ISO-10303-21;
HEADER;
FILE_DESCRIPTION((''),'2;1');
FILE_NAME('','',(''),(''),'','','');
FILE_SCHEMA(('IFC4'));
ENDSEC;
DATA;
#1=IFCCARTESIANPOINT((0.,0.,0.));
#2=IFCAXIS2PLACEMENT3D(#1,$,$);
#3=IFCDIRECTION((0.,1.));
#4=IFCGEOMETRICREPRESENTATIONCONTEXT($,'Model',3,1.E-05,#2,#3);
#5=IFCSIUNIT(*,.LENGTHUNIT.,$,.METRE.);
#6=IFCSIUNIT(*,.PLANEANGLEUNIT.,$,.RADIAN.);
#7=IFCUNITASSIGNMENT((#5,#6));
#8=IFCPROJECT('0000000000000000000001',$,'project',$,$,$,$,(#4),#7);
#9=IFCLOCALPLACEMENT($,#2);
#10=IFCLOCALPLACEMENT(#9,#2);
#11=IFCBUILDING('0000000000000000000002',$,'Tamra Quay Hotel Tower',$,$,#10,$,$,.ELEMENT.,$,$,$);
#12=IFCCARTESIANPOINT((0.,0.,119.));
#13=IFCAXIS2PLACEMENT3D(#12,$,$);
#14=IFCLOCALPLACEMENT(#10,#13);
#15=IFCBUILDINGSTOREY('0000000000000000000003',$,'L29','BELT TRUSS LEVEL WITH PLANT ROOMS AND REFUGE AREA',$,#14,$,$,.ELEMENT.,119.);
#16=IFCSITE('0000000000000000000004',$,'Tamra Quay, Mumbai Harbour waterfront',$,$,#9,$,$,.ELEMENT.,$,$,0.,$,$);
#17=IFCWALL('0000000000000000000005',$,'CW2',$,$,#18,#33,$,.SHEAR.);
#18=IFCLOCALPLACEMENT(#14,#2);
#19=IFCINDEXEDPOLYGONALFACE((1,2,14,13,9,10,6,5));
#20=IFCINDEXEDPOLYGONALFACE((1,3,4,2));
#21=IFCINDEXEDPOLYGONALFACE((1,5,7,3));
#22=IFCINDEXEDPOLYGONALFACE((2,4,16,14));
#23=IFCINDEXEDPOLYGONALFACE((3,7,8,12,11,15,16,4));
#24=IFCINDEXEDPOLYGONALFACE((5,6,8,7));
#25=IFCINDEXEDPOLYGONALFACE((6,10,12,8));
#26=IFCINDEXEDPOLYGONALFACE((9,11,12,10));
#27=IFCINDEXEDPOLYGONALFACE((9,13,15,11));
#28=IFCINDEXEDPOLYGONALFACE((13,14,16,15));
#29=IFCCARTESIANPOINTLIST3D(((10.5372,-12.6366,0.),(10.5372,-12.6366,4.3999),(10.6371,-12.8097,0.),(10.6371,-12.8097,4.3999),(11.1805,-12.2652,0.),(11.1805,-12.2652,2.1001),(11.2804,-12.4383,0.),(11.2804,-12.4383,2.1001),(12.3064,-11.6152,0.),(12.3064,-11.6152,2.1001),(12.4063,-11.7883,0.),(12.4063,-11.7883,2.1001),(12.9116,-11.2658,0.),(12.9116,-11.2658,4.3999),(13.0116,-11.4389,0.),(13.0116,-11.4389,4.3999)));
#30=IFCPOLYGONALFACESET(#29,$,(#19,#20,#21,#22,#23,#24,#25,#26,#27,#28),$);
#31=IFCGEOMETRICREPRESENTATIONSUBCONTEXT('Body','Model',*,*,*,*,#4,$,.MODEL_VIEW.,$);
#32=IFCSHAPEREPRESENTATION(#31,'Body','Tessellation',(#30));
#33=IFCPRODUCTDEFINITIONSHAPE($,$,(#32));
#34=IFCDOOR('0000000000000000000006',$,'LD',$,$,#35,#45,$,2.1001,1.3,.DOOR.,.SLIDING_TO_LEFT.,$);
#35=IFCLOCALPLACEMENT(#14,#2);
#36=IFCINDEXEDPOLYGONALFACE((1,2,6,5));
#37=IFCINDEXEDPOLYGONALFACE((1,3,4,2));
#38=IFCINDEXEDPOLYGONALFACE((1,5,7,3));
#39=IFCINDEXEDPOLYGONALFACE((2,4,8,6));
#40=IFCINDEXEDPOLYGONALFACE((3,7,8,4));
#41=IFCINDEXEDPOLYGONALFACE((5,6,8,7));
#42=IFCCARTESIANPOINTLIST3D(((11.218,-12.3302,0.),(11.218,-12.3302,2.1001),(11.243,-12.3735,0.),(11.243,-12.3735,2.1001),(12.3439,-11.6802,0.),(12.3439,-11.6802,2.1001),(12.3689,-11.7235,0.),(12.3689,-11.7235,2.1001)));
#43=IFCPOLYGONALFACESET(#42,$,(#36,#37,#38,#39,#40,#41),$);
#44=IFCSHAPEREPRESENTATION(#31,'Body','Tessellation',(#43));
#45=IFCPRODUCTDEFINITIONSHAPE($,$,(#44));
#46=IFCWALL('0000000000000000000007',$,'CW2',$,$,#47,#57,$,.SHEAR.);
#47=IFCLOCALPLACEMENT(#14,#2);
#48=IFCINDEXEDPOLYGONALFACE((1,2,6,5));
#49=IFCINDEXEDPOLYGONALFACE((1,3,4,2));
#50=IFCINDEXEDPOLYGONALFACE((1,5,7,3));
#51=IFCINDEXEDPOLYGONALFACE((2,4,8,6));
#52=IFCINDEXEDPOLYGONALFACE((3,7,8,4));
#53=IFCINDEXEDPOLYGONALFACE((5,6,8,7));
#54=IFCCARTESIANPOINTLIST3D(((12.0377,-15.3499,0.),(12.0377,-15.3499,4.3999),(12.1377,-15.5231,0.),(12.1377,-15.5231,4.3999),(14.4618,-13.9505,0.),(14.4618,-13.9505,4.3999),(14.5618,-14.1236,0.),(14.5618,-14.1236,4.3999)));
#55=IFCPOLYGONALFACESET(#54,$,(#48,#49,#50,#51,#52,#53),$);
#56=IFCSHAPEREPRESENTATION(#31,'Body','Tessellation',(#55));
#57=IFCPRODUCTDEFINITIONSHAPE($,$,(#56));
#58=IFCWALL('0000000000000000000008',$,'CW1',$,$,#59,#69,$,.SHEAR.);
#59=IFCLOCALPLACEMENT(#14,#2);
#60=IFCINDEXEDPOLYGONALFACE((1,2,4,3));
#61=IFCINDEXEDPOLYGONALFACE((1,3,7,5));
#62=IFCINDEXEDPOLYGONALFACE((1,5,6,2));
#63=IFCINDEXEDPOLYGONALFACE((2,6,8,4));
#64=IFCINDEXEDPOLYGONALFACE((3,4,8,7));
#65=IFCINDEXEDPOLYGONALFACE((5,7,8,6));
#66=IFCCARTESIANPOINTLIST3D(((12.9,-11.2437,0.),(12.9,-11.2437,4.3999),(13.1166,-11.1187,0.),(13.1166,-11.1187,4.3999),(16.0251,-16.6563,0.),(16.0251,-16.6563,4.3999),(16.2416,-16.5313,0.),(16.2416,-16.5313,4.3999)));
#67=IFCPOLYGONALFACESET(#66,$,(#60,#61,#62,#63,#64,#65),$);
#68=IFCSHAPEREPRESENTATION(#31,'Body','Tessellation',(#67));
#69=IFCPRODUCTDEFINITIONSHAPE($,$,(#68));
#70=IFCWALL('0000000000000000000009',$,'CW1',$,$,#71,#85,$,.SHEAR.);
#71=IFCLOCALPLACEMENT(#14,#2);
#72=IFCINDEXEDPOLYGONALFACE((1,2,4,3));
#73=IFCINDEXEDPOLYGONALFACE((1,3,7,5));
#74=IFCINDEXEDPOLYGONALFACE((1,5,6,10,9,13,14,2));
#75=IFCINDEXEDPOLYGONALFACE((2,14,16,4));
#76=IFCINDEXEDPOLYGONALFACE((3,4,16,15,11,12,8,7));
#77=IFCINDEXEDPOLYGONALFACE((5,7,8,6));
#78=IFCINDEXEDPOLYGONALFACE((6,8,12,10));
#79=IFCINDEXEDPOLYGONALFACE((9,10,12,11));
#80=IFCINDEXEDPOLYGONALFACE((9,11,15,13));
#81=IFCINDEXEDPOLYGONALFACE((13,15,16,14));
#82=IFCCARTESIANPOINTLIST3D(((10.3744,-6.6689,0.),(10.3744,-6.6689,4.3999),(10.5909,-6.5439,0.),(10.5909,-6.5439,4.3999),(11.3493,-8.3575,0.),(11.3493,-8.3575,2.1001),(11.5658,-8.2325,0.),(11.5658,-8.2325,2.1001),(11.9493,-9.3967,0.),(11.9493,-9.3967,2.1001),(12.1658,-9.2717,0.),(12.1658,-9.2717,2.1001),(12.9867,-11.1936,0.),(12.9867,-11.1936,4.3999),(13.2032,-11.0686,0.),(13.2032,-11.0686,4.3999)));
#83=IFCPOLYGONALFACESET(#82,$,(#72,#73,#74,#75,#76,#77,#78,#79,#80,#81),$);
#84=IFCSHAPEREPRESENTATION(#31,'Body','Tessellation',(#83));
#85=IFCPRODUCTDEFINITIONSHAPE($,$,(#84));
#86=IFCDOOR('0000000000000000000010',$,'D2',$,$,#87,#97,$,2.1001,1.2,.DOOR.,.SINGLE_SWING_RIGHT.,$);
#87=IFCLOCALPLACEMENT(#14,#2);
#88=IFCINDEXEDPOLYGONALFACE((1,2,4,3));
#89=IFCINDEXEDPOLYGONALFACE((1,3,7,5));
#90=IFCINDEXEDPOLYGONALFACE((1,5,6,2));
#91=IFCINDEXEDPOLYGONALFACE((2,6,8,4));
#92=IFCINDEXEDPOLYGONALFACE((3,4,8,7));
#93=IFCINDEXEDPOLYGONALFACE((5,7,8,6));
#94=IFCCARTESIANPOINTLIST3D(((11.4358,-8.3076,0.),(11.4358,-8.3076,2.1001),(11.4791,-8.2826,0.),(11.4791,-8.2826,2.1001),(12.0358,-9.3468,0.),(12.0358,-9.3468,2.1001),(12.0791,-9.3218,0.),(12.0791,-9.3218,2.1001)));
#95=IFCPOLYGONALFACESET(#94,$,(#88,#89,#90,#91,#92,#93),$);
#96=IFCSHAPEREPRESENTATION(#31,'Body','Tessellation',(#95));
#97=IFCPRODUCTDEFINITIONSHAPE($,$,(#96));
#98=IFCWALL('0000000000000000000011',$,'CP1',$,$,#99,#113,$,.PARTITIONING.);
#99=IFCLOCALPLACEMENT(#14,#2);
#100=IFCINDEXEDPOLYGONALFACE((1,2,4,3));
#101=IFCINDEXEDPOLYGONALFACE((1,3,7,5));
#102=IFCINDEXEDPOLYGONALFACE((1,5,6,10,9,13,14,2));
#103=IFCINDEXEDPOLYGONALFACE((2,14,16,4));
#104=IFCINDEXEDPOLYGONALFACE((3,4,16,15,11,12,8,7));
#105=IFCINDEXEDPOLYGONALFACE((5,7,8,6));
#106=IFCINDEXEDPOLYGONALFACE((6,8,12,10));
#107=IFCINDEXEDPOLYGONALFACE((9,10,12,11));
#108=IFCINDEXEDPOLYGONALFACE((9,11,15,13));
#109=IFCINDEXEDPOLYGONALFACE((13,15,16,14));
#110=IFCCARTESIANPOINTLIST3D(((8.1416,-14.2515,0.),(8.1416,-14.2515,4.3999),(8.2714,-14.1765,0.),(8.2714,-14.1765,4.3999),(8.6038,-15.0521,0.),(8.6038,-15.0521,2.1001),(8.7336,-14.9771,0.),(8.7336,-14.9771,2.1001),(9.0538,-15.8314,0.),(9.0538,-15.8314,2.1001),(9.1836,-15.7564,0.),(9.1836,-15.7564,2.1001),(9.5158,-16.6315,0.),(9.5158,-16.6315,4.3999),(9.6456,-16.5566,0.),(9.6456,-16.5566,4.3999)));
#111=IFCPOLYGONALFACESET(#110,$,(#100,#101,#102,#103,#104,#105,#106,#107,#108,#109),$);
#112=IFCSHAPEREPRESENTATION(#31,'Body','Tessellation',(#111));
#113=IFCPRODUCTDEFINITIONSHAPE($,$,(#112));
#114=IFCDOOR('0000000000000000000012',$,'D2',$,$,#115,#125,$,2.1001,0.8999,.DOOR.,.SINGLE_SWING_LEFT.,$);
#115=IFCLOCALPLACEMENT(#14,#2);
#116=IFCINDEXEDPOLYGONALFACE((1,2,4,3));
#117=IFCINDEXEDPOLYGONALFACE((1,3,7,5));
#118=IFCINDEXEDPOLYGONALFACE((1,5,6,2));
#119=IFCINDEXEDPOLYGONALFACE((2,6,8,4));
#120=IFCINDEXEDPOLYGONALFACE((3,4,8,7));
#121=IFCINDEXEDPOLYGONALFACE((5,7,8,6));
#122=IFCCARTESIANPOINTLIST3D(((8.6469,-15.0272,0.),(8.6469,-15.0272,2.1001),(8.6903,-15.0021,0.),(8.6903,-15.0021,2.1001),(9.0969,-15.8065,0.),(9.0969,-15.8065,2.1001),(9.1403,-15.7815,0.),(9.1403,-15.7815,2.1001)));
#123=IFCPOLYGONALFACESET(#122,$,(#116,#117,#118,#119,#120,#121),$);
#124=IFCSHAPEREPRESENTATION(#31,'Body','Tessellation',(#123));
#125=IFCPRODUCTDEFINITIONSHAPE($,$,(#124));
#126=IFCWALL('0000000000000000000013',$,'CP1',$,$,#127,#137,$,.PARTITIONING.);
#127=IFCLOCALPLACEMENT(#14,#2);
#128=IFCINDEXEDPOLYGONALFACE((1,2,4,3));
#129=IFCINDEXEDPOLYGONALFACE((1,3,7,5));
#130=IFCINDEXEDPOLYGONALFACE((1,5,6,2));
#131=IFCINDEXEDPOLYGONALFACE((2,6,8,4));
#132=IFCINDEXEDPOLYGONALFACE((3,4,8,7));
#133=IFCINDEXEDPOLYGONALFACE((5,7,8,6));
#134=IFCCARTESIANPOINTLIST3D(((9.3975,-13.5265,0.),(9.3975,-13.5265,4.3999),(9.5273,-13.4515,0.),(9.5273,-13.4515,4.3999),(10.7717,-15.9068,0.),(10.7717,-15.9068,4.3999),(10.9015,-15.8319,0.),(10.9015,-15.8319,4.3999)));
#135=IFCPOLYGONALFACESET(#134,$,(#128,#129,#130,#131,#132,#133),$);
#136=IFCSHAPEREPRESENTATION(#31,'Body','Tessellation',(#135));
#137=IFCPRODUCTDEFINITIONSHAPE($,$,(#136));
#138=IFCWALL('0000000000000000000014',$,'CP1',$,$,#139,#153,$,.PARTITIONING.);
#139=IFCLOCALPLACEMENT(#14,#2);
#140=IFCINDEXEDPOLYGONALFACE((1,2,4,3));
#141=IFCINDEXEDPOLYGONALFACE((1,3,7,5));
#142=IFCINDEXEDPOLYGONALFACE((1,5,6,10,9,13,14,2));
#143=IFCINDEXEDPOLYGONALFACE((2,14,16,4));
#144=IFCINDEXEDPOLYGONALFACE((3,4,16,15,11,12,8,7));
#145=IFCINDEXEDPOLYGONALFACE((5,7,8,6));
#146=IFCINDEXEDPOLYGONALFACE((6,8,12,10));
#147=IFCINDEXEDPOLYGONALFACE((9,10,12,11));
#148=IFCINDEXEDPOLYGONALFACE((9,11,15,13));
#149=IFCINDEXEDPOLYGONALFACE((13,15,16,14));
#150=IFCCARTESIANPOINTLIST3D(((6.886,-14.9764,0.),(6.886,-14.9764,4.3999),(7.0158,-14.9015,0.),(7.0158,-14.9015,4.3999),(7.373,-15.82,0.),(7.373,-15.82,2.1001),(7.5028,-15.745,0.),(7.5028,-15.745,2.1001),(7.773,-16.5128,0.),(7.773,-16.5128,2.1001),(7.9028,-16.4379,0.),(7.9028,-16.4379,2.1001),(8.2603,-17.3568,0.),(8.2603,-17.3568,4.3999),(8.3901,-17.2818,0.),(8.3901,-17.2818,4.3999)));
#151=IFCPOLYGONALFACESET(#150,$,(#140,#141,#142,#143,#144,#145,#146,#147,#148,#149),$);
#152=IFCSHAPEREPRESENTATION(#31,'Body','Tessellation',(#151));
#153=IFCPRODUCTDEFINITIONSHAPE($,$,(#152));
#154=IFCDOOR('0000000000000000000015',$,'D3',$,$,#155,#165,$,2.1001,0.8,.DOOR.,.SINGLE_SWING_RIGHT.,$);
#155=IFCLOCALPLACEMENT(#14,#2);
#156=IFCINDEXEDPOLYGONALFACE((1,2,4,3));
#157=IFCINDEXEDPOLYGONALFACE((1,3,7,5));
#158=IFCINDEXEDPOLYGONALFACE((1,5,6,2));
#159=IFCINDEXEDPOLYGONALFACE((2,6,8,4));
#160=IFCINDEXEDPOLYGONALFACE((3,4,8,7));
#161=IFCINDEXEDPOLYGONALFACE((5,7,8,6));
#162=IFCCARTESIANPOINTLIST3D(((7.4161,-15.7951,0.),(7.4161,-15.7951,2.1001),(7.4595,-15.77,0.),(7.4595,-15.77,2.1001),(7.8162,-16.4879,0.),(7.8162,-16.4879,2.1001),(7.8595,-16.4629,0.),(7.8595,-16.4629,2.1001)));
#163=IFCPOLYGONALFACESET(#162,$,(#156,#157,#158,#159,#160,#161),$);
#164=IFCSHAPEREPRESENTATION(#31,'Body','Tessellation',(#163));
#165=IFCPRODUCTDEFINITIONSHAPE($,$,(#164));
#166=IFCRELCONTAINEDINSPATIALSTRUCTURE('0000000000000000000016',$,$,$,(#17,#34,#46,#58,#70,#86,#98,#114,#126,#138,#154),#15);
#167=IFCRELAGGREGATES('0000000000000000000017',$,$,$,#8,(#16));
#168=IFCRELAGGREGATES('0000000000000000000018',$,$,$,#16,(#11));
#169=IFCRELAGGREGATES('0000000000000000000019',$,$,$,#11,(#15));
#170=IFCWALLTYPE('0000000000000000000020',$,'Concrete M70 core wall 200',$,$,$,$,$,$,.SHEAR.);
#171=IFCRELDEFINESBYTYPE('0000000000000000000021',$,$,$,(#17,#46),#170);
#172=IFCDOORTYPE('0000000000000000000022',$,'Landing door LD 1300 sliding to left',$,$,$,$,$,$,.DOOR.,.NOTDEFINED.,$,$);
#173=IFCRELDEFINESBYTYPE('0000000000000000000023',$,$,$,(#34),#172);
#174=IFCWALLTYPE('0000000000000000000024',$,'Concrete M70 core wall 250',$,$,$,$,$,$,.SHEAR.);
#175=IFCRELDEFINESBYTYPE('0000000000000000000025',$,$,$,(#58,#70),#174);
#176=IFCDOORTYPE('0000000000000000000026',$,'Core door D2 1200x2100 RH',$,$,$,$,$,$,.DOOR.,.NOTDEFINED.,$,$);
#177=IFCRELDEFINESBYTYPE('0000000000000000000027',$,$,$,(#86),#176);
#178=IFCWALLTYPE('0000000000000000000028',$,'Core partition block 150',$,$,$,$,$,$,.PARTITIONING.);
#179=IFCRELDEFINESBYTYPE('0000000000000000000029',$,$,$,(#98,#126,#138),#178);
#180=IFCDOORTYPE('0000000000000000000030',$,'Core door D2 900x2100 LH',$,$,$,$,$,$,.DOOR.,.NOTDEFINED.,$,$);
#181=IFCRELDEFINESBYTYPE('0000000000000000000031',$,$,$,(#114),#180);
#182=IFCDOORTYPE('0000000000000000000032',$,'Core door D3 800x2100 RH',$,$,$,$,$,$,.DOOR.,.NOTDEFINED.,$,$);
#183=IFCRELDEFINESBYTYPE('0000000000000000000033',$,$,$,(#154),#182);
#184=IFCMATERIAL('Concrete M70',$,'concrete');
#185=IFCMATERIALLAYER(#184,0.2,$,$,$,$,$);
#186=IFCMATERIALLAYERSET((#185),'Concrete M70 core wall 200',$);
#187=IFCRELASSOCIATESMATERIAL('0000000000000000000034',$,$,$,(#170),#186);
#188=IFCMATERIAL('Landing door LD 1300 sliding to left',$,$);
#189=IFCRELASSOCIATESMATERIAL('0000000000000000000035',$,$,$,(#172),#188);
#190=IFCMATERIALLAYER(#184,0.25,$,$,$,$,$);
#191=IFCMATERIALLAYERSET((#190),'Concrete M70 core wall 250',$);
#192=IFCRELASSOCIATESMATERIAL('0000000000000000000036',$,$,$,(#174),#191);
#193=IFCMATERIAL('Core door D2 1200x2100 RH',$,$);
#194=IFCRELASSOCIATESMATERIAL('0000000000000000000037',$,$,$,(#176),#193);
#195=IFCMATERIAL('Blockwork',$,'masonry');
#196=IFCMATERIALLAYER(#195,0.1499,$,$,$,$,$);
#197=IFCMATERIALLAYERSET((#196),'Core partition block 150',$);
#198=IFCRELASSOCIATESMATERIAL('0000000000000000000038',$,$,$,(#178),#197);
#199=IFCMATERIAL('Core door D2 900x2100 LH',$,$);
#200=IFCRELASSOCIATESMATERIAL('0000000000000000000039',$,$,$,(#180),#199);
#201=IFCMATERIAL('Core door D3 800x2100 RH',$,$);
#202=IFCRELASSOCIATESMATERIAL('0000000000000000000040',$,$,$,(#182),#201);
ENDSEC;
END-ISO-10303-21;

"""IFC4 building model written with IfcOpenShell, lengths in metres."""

from ifc_helpers import new_model, si_unit, direction, frame, frame_2d, origin, place, context, subcontext, project, spatial, rectangle, extrude, material, layer, layer_set, type_object, element, fill, save


model = new_model("IFC4")

# Units and contexts
model_context = context("Model", 3, precision=1e-05, world=origin(), true_north=direction((0.0, 1.0)))
body_context = subcontext(model_context, "Body", "Model", "MODEL_VIEW")
ifc_project = project(units=[si_unit("LENGTHUNIT", "METRE"), si_unit("PLANEANGLEUNIT", "RADIAN")], contexts=[model_context])

# Site, building, storey
site_placement = place(None, origin())
site = spatial("IfcSite", under=ifc_project, at=site_placement, Name="Tamra Quay, Mumbai Harbour waterfront", CompositionType="ELEMENT", RefElevation=0.0)
building_placement = place(site_placement, origin())
building = spatial("IfcBuilding", under=site, at=building_placement, Name="Tamra Quay Hotel Tower", CompositionType="ELEMENT")
storey_placement = place(building_placement, frame((0.0, 0.0, 119.0)))
storey = spatial("IfcBuildingStorey", under=building, at=storey_placement, Name="L29", Description="BELT TRUSS LEVEL WITH PLANT ROOMS AND REFUGE AREA", CompositionType="ELEMENT", Elevation=119.0)

# Shared definitions
ifc_material_1 = material(Name="Concrete M70", Category="concrete")
ifc_layer_1 = layer(ifc_material_1, 0.2)
ifc_layer_set_1 = layer_set([ifc_layer_1], Name="Concrete M70 core wall 200")
wall_type_1 = type_object("IfcWallType", Name="Concrete M70 core wall 200", PredefinedType="SHEAR", material=ifc_layer_set_1)

# Wall, opening, door
wall_1_placement = place(storey_placement, frame((10.5872, -12.7231, 0.0), z_axis=(0.0, 0.0, 1.0), x_axis=(0.866037, 0.499979, 0.0)))
wall_1 = element("IfcWall", 1, at=wall_1_placement, inside=storey, type_object=wall_type_1, Name="CW2", PredefinedType="SHEAR", context=body_context, shape_type="SweptSolid", body=[
    extrude(rectangle(XDim=2.7417, YDim=0.2, at=frame_2d((1.3708, 0.0))), origin(), (0.0, 0.0, 1.0), 4.3999),
])
opening_1_placement = place(wall_1_placement, frame((0.7429, 0.0, 0.0)))
opening_1 = element("IfcOpeningElement", 2, at=opening_1_placement, cuts=wall_1, PredefinedType="OPENING", context=body_context, shape_type="SweptSolid", body=[
    extrude(rectangle(XDim=1.3, YDim=2.1001, at=frame_2d((0.6499, 1.05))), frame((0.0, 0.1099, 0.0), z_axis=(0.0, -1.0, 0.0), x_axis=(1.0, 0.0, 0.0)), (0.0, 0.0, 1.0), 0.22),
])
ifc_material_2 = material(Name="Landing door LD 1300 sliding to left")
door_type_1 = type_object("IfcDoorType", Name="Landing door LD 1300 sliding to left", OperationType="NOTDEFINED", PredefinedType="DOOR", material=ifc_material_2)
door_1_placement = place(opening_1_placement, origin())
door_1 = element("IfcDoor", 3, at=door_1_placement, inside=storey, type_object=door_type_1, Name="LD", OperationType="SLIDING_TO_LEFT", OverallHeight=2.1001, OverallWidth=1.3, PredefinedType="DOOR", context=body_context, shape_type="SweptSolid", body=[
    extrude(rectangle(XDim=1.3, YDim=2.1001, at=frame_2d((0.6499, 1.05))), frame((0.0, 0.0249, 0.0), z_axis=(0.0, -1.0, 0.0), x_axis=(1.0, 0.0, 0.0)), (0.0, 0.0, 1.0), 0.05),
])
fill(opening_1, door_1)

# Walls
wall_2_placement = place(storey_placement, frame((14.5117, -14.0371, 0.0), z_axis=(0.0, 0.0, 1.0), x_axis=(-0.866045, -0.499967, 0.0)))
element("IfcWall", 4, at=wall_2_placement, inside=storey, type_object=wall_type_1, Name="CW2", PredefinedType="SHEAR", context=body_context, shape_type="SweptSolid", body=[
    extrude(rectangle(XDim=2.7991, YDim=0.2, at=frame_2d((1.3994, 0.0))), origin(), (0.0, 0.0, 1.0), 4.3999),
])
ifc_layer_2 = layer(ifc_material_1, 0.25)
ifc_layer_set_2 = layer_set([ifc_layer_2], Name="Concrete M70 core wall 250")
wall_type_2 = type_object("IfcWallType", Name="Concrete M70 core wall 250", PredefinedType="SHEAR", material=ifc_layer_set_2)
wall_3_placement = place(storey_placement, frame((13.0083, -11.1812, 0.0), z_axis=(0.0, 0.0, 1.0), x_axis=(0.500004, -0.866023, 0.0)))
element("IfcWall", 5, at=wall_3_placement, inside=storey, type_object=wall_type_2, Name="CW1", PredefinedType="SHEAR", context=body_context, shape_type="SweptSolid", body=[
    extrude(rectangle(XDim=6.25, YDim=0.25, at=frame_2d((3.125, 0.0))), origin(), (0.0, 0.0, 1.0), 4.3999),
])

# Walls, openings, doors
wall_4_placement = place(storey_placement, frame((10.4827, -6.6064, 0.0), z_axis=(0.0, 0.0, 1.0), x_axis=(0.499999, -0.866026, 0.0)))
wall_4 = element("IfcWall", 6, at=wall_4_placement, inside=storey, type_object=wall_type_2, Name="CW1", PredefinedType="SHEAR", context=body_context, shape_type="SweptSolid", body=[
    extrude(rectangle(XDim=5.2246, YDim=0.25, at=frame_2d((2.6123, 0.0))), origin(), (0.0, 0.0, 1.0), 4.3999),
])
opening_2_placement = place(wall_4_placement, frame((1.9497, 0.0, 0.0)))
opening_2 = element("IfcOpeningElement", 7, at=opening_2_placement, cuts=wall_4, PredefinedType="OPENING", context=body_context, shape_type="SweptSolid", body=[
    extrude(rectangle(XDim=1.2, YDim=2.1001, at=frame_2d((0.6001, 1.05))), frame((0.0, 0.135, 0.0), z_axis=(0.0, -1.0, 0.0), x_axis=(1.0, 0.0, 0.0)), (0.0, 0.0, 1.0), 0.27),
])
ifc_material_3 = material(Name="Core door D2 1200x2100 RH")
door_type_2 = type_object("IfcDoorType", Name="Core door D2 1200x2100 RH", OperationType="NOTDEFINED", PredefinedType="DOOR", material=ifc_material_3)
door_2_placement = place(opening_2_placement, origin())
door_2 = element("IfcDoor", 8, at=door_2_placement, inside=storey, type_object=door_type_2, Name="D2", OperationType="SINGLE_SWING_RIGHT", OverallHeight=2.1001, OverallWidth=1.2, PredefinedType="DOOR", context=body_context, shape_type="SweptSolid", body=[
    extrude(rectangle(XDim=1.2, YDim=2.1001, at=frame_2d((0.6001, 1.05))), frame((0.0, 0.0249, 0.0), z_axis=(0.0, -1.0, 0.0), x_axis=(1.0, 0.0, 0.0)), (0.0, 0.0, 1.0), 0.05),
])
fill(opening_2, door_2)
ifc_material_4 = material(Name="Blockwork", Category="masonry")
ifc_layer_3 = layer(ifc_material_4, 0.1499)
ifc_layer_set_3 = layer_set([ifc_layer_3], Name="Core partition block 150")
wall_type_3 = type_object("IfcWallType", Name="Core partition block 150", PredefinedType="PARTITIONING", material=ifc_layer_set_3)
wall_5_placement = place(storey_placement, frame((8.2065, -14.2141, 0.0), z_axis=(0.0, 0.0, 1.0), x_axis=(0.500027, -0.86601, 0.0)))
wall_5 = element("IfcWall", 9, at=wall_5_placement, inside=storey, type_object=wall_type_3, Name="CP1", PredefinedType="PARTITIONING", context=body_context, shape_type="SweptSolid", body=[
    extrude(rectangle(XDim=2.7483, YDim=0.1499, at=frame_2d((1.374, 0.0))), origin(), (0.0, 0.0, 1.0), 4.3999),
])
opening_3_placement = place(wall_5_placement, frame((0.9243, 0.0, 0.0)))
opening_3 = element("IfcOpeningElement", 10, at=opening_3_placement, cuts=wall_5, PredefinedType="OPENING", context=body_context, shape_type="SweptSolid", body=[
    extrude(rectangle(XDim=0.8999, YDim=2.1001, at=frame_2d((0.45, 1.05))), frame((0.0, 0.085, 0.0), z_axis=(0.0, -1.0, 0.0), x_axis=(1.0, 0.0, 0.0)), (0.0, 0.0, 1.0), 0.1699),
])
ifc_material_5 = material(Name="Core door D2 900x2100 LH")
door_type_3 = type_object("IfcDoorType", Name="Core door D2 900x2100 LH", OperationType="NOTDEFINED", PredefinedType="DOOR", material=ifc_material_5)
door_3_placement = place(opening_3_placement, origin())
door_3 = element("IfcDoor", 11, at=door_3_placement, inside=storey, type_object=door_type_3, Name="D2", OperationType="SINGLE_SWING_LEFT", OverallHeight=2.1001, OverallWidth=0.8999, PredefinedType="DOOR", context=body_context, shape_type="SweptSolid", body=[
    extrude(rectangle(XDim=0.8999, YDim=2.1001, at=frame_2d((0.45, 1.05))), frame((0.0, 0.0249, 0.0), z_axis=(0.0, -1.0, 0.0), x_axis=(1.0, 0.0, 0.0)), (0.0, 0.0, 1.0), 0.05),
])
fill(opening_3, door_3)

# Wall
wall_6_placement = place(storey_placement, frame((9.4624, -13.489, 0.0), z_axis=(0.0, 0.0, 1.0), x_axis=(0.499989, -0.866032, 0.0)))
element("IfcWall", 12, at=wall_6_placement, inside=storey, type_object=wall_type_3, Name="CP1", PredefinedType="PARTITIONING", context=body_context, shape_type="SweptSolid", body=[
    extrude(rectangle(XDim=2.7485, YDim=0.1499, at=frame_2d((1.3743, 0.0))), origin(), (0.0, 0.0, 1.0), 4.3999),
])

# Wall, opening, door
wall_7_placement = place(storey_placement, frame((6.9509, -14.939, 0.0), z_axis=(0.0, 0.0, 1.0), x_axis=(0.499989, -0.866032, 0.0)))
wall_7 = element("IfcWall", 13, at=wall_7_placement, inside=storey, type_object=wall_type_3, Name="CP1", PredefinedType="PARTITIONING", context=body_context, shape_type="SweptSolid", body=[
    extrude(rectangle(XDim=2.7485, YDim=0.1499, at=frame_2d((1.3743, 0.0))), origin(), (0.0, 0.0, 1.0), 4.3999),
])
opening_4_placement = place(wall_7_placement, frame((0.9741, 0.0, 0.0)))
opening_4 = element("IfcOpeningElement", 14, at=opening_4_placement, cuts=wall_7, PredefinedType="OPENING", context=body_context, shape_type="SweptSolid", body=[
    extrude(rectangle(XDim=0.8, YDim=2.1001, at=frame_2d((0.3999, 1.05))), frame((0.0, 0.085, 0.0), z_axis=(0.0, -1.0, 0.0), x_axis=(1.0, 0.0, 0.0)), (0.0, 0.0, 1.0), 0.1699),
])
ifc_material_6 = material(Name="Core door D3 800x2100 RH")
door_type_4 = type_object("IfcDoorType", Name="Core door D3 800x2100 RH", OperationType="NOTDEFINED", PredefinedType="DOOR", material=ifc_material_6)
door_4_placement = place(opening_4_placement, origin())
door_4 = element("IfcDoor", 15, at=door_4_placement, inside=storey, type_object=door_type_4, Name="D3", OperationType="SINGLE_SWING_RIGHT", OverallHeight=2.1001, OverallWidth=0.8, PredefinedType="DOOR", context=body_context, shape_type="SweptSolid", body=[
    extrude(rectangle(XDim=0.8, YDim=2.1001, at=frame_2d((0.3999, 1.05))), frame((0.0, 0.0249, 0.0), z_axis=(0.0, -1.0, 0.0), x_axis=(1.0, 0.0, 0.0)), (0.0, 0.0, 1.0), 0.05),
])
fill(opening_4, door_4)

save(model, "model.ifc")
